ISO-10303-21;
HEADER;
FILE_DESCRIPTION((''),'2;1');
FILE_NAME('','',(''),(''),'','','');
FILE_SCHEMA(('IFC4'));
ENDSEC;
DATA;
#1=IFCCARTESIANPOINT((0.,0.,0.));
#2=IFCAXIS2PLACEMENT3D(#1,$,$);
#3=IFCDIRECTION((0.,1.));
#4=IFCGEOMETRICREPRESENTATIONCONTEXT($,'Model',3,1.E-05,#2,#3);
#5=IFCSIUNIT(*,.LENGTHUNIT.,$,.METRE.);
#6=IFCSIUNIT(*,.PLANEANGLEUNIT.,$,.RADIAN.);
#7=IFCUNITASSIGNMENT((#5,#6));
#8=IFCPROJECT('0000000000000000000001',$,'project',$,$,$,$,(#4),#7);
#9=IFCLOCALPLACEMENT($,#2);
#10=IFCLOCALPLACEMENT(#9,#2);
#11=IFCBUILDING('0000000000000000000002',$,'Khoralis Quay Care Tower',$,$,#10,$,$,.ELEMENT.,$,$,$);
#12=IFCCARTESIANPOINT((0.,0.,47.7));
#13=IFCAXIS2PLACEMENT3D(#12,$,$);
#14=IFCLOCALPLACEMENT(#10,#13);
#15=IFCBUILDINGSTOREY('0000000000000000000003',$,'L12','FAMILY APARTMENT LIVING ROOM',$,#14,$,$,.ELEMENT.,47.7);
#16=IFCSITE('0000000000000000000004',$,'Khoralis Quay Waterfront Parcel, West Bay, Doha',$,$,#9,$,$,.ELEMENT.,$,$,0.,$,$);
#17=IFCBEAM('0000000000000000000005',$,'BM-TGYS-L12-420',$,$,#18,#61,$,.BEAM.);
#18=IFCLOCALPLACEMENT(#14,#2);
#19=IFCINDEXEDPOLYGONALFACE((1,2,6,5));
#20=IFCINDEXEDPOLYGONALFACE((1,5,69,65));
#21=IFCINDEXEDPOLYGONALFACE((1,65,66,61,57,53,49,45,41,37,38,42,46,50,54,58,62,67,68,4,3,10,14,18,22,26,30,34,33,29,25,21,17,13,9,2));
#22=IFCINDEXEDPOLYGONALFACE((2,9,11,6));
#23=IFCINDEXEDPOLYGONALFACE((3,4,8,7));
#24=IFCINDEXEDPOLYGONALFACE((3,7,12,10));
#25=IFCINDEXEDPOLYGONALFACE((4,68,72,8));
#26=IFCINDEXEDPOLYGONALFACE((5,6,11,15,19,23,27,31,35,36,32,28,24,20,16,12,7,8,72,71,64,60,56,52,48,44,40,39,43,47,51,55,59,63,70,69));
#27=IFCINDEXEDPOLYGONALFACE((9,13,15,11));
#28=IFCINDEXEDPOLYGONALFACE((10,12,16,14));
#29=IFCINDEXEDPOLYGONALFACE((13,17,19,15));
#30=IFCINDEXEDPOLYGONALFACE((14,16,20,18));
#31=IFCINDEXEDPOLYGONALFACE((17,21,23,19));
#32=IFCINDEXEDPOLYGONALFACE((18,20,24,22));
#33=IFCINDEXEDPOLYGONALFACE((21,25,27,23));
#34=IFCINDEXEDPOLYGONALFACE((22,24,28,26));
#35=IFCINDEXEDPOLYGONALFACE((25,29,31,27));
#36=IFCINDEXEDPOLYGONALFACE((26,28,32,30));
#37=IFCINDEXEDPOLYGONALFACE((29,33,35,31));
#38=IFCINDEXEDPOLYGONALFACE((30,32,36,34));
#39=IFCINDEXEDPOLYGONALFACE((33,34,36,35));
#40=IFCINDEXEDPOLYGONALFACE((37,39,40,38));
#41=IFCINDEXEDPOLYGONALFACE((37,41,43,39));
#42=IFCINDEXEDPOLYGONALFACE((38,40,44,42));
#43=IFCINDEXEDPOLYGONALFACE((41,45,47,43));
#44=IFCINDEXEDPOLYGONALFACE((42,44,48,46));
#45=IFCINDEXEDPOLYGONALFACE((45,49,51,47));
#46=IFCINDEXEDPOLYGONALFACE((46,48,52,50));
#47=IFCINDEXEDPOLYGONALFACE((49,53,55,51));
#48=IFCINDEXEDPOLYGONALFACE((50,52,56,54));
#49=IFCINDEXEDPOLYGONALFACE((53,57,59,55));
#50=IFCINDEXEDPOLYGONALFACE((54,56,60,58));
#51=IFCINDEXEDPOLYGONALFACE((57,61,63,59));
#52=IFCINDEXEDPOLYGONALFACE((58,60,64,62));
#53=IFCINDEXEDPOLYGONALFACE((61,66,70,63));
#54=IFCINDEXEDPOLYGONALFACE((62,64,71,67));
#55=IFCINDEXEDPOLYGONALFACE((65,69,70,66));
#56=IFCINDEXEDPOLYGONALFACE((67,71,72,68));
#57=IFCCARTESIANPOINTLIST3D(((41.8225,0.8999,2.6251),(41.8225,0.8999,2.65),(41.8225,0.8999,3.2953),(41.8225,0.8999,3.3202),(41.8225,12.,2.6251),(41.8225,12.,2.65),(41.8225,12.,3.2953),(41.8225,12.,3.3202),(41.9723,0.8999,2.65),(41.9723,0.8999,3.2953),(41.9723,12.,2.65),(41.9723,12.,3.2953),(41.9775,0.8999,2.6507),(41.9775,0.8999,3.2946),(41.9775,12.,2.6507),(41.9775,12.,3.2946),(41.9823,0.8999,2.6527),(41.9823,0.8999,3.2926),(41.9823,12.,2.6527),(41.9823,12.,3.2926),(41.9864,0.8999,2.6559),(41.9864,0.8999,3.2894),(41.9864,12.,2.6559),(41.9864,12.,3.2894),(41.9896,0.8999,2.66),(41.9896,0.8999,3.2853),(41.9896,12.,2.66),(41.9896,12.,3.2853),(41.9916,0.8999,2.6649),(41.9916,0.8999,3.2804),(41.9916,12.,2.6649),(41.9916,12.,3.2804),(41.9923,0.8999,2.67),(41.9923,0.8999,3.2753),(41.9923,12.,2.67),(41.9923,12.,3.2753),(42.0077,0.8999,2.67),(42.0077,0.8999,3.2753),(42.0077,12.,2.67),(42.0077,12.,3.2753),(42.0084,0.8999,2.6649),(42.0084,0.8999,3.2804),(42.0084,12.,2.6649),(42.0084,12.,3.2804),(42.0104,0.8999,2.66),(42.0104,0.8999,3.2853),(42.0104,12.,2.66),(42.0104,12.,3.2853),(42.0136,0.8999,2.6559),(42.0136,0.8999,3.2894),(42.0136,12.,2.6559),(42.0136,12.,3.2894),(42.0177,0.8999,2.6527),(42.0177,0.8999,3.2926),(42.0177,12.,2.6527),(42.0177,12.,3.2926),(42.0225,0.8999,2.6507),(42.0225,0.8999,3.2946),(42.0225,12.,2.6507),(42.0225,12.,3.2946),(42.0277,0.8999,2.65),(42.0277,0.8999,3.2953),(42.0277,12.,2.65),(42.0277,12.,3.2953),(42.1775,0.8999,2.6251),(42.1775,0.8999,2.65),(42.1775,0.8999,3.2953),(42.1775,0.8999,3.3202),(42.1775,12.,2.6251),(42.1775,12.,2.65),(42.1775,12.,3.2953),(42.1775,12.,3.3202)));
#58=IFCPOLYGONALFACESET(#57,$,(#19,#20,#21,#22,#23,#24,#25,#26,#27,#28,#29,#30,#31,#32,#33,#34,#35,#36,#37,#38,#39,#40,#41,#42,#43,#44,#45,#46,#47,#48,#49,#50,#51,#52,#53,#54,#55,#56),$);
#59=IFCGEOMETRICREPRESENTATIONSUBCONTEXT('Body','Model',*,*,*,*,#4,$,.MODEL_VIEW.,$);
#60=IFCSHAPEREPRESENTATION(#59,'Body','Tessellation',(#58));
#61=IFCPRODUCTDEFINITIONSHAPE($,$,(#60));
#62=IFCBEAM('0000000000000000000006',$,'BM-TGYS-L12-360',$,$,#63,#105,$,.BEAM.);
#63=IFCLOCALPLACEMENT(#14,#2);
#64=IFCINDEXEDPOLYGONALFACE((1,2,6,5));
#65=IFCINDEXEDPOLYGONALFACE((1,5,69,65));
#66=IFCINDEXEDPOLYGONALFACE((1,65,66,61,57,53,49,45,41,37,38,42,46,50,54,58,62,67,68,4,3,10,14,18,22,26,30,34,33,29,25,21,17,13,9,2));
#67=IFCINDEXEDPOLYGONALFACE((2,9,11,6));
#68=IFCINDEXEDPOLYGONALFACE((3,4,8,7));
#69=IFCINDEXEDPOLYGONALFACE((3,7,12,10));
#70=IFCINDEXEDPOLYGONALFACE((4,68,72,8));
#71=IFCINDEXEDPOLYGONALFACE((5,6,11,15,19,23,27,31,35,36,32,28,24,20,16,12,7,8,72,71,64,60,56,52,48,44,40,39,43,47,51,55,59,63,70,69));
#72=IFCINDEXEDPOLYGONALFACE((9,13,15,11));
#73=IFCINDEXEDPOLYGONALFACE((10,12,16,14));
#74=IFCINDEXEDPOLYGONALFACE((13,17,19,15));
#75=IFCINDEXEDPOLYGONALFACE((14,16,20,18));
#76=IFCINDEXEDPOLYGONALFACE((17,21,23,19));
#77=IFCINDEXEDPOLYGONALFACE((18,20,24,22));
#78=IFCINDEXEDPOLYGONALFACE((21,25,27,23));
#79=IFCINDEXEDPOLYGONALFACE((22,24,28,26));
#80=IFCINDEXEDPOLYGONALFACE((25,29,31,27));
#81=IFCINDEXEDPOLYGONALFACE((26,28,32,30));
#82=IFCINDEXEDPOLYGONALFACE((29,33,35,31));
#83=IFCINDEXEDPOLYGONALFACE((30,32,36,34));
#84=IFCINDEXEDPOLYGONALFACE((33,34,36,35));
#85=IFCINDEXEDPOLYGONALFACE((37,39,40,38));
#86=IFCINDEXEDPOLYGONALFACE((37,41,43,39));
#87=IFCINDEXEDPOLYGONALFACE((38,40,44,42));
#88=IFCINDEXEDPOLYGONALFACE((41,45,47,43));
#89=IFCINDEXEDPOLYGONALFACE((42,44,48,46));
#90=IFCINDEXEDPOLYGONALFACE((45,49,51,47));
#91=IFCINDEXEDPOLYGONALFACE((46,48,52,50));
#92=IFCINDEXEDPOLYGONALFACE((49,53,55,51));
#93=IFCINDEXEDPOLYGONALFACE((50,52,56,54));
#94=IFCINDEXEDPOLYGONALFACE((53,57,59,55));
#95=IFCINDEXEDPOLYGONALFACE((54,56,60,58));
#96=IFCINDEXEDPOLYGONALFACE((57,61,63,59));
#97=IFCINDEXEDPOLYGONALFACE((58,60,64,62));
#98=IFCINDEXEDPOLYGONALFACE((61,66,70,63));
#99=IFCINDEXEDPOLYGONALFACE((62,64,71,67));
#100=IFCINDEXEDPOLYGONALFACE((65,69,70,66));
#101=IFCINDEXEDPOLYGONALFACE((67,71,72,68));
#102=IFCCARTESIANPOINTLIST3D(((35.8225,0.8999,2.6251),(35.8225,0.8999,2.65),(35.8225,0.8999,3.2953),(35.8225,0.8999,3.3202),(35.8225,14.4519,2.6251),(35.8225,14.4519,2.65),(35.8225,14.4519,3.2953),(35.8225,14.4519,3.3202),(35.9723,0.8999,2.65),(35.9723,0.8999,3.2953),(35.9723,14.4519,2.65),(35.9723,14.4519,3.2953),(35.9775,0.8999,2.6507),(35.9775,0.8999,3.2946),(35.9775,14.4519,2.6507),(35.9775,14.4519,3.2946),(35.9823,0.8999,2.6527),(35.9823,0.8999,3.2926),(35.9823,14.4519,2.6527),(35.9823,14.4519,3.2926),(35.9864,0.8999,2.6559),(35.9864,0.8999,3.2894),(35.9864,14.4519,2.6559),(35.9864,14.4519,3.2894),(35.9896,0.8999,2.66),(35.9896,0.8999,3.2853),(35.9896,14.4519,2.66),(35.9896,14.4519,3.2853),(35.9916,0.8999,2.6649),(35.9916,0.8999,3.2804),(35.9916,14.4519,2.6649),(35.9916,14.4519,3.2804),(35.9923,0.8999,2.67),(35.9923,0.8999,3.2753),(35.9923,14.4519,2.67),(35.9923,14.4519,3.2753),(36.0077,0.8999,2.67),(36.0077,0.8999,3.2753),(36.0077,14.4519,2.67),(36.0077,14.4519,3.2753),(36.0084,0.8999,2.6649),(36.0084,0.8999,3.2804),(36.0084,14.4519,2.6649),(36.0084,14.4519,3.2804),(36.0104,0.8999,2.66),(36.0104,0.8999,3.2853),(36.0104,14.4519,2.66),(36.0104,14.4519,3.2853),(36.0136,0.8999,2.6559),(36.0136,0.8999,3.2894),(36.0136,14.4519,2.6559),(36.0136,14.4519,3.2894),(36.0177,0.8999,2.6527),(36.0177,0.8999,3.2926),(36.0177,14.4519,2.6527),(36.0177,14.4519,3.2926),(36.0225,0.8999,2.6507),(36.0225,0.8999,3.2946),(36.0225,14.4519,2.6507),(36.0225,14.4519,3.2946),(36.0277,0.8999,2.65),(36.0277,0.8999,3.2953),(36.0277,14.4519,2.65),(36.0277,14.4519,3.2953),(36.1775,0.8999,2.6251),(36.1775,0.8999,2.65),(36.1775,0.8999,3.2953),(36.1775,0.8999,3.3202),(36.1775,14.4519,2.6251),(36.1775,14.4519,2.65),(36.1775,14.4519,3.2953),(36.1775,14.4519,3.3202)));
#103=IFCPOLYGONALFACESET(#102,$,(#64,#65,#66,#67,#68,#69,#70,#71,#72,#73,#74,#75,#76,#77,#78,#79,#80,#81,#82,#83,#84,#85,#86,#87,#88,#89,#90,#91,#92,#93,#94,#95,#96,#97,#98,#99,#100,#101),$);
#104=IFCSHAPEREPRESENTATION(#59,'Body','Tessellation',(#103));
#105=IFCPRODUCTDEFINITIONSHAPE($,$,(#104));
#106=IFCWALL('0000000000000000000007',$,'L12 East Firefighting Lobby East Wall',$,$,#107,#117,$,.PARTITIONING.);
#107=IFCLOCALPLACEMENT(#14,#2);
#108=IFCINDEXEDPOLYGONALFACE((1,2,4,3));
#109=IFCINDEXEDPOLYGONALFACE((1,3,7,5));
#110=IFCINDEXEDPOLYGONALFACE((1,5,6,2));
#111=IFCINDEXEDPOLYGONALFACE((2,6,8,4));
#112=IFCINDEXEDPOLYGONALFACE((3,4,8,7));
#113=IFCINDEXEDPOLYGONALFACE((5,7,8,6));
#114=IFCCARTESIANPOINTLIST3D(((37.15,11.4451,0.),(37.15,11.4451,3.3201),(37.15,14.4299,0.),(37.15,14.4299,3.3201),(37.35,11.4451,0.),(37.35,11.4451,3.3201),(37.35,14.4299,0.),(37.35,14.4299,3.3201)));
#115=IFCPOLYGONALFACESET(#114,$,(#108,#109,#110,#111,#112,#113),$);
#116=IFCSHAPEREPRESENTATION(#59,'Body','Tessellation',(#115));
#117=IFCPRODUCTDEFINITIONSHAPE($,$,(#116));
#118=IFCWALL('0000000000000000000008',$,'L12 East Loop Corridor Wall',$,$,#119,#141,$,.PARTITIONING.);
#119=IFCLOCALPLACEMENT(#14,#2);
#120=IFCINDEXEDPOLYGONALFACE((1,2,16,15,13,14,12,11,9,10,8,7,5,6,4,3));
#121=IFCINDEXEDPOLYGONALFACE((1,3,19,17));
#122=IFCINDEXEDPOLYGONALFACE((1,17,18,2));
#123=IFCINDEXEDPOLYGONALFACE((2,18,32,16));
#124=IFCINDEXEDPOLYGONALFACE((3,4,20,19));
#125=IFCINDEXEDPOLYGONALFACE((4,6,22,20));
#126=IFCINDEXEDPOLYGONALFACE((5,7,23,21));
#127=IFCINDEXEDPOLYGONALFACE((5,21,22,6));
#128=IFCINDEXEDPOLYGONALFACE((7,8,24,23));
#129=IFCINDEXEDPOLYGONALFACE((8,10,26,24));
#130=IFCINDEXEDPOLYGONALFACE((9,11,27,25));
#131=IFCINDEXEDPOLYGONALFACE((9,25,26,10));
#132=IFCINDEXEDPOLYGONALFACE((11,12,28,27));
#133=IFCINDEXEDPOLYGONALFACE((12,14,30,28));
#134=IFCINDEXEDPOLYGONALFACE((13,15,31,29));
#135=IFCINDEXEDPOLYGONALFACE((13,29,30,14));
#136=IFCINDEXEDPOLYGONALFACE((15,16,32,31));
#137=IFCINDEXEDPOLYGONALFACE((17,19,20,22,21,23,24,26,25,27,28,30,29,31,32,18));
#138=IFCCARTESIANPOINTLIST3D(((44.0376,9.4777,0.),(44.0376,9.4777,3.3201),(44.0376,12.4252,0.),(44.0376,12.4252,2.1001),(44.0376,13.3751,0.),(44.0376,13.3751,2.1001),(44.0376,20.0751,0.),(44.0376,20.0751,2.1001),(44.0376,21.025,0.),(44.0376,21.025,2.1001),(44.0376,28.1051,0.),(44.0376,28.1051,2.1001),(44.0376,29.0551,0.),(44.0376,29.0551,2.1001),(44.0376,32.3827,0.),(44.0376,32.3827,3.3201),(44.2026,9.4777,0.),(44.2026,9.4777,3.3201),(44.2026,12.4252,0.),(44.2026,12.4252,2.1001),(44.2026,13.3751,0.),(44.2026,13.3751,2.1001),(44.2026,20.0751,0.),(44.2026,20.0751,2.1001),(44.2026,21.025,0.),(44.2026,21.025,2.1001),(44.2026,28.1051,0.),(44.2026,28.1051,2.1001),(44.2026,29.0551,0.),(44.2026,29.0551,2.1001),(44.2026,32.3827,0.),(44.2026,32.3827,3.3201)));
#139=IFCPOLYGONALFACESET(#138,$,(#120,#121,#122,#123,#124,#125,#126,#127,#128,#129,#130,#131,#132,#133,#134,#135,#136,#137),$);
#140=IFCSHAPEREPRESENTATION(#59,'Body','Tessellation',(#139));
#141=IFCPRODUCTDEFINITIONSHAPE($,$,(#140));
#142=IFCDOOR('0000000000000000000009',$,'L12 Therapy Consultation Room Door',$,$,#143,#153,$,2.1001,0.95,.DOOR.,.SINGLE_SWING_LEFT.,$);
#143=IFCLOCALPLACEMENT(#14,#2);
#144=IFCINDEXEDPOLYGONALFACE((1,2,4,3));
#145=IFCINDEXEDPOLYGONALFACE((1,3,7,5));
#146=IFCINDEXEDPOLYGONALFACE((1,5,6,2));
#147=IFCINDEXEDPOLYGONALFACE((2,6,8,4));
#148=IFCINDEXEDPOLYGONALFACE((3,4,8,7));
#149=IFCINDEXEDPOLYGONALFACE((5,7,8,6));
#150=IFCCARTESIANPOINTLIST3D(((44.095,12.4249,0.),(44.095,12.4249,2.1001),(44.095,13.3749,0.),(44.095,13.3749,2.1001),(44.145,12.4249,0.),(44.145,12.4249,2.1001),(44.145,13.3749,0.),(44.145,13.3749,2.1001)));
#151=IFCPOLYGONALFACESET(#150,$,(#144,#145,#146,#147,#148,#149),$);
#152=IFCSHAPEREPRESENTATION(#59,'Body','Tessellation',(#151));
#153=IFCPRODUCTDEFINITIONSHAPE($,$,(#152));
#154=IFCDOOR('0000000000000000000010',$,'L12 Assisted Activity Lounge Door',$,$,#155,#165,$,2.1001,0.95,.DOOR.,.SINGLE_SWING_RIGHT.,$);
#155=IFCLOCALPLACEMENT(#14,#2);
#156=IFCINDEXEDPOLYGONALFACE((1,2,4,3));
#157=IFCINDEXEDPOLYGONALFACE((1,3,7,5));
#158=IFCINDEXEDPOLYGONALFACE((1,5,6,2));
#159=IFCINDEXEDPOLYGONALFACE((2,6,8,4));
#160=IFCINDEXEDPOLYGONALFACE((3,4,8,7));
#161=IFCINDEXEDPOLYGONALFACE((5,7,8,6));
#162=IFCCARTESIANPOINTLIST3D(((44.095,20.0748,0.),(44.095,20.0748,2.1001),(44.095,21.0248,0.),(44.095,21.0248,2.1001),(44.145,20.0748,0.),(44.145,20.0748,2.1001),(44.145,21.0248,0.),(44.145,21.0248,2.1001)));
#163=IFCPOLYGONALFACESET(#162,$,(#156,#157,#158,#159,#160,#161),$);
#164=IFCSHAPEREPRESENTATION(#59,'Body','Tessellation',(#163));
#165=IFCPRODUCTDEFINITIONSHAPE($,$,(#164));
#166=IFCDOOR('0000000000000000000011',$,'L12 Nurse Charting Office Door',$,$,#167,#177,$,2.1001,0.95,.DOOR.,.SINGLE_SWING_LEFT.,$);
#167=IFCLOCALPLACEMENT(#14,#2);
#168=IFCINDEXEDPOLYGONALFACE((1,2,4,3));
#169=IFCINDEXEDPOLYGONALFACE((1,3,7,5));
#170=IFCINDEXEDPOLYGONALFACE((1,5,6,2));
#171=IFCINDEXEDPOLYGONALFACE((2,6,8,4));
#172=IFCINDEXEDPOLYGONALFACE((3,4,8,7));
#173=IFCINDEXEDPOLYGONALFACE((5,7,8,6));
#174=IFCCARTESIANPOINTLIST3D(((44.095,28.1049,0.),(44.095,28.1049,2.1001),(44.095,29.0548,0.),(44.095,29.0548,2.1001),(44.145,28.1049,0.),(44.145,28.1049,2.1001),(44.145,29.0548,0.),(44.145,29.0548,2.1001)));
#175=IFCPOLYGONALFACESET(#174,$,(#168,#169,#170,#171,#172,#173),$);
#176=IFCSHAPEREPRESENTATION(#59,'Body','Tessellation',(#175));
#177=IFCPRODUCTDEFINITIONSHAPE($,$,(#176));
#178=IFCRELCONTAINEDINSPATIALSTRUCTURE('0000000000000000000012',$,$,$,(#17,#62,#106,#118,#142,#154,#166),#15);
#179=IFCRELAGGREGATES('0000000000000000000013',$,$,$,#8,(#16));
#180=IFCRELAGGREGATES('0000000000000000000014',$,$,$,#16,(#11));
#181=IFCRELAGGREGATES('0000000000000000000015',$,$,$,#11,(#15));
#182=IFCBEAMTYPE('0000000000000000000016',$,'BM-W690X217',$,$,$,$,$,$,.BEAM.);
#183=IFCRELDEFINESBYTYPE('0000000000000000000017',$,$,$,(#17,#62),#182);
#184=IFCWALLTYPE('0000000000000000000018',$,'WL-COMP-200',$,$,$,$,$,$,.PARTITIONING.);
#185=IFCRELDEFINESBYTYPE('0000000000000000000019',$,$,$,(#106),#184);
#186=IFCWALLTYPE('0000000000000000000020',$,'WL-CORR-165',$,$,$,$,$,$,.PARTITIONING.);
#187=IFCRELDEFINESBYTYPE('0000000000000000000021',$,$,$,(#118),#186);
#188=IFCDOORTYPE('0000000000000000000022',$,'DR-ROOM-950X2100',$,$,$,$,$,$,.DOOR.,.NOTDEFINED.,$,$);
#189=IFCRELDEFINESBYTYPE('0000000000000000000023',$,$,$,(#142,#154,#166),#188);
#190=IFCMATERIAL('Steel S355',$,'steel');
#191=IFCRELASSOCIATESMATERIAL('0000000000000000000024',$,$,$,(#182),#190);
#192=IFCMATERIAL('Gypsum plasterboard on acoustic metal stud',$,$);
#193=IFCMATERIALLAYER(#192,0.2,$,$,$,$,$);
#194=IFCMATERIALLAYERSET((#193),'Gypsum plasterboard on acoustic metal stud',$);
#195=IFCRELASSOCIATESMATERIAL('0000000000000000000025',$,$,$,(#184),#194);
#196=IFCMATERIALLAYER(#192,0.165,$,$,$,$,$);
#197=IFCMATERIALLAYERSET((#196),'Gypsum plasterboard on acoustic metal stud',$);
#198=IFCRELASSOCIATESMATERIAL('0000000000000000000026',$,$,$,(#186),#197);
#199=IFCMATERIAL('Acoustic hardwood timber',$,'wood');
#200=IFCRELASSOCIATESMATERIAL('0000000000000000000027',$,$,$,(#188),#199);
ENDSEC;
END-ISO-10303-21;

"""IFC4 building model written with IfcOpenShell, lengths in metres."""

from ifc_helpers import new_model, si_unit, direction, frame, frame_2d, origin, origin_2d, place, context, subcontext, project, spatial, rectangle, i_section, extrude, source, transform, mapped, material, layer, layer_set, material_profile, profile_set, type_object, element, fill, save


model = new_model("IFC4")

# Units and contexts
model_context = context("Model", 3, precision=1e-05, world=origin(), true_north=direction((0.0, 1.0)))
body_context = subcontext(model_context, "Body", "Model", "MODEL_VIEW")
ifc_project = project(units=[si_unit("LENGTHUNIT", "METRE"), si_unit("PLANEANGLEUNIT", "RADIAN")], contexts=[model_context])

# Site, building, storey
site_placement = place(None, origin())
site = spatial("IfcSite", under=ifc_project, at=site_placement, Name="Khoralis Quay Waterfront Parcel, West Bay, Doha", CompositionType="ELEMENT", RefElevation=0.0)
building_placement = place(site_placement, origin())
building = spatial("IfcBuilding", under=site, at=building_placement, Name="Khoralis Quay Care Tower", CompositionType="ELEMENT")
storey_placement = place(building_placement, frame((0.0, 0.0, 47.7)))
storey = spatial("IfcBuildingStorey", under=building, at=storey_placement, Name="L12", Description="FAMILY APARTMENT LIVING ROOM", CompositionType="ELEMENT", Elevation=47.7)

# Beams
ifc_material_1 = material(Name="Steel S355", Category="steel")
ifc_material_profile_1 = material_profile(ifc_material_1, i_section(OverallWidth=0.355, OverallDepth=0.6951, WebThickness=0.0154, FlangeThickness=0.0249, FilletRadius=0.02, at=origin_2d()), Name="Steel S355")
ifc_profile_set_1 = profile_set([ifc_material_profile_1], Name="Steel S355")
beam_type_1 = type_object("IfcBeamType", Name="BM-W690X217", PredefinedType="BEAM", material=ifc_profile_set_1)
shared_shape_1 = source(origin(), body_context, "Body", "SweptSolid", [
    extrude(i_section(OverallWidth=0.355, OverallDepth=0.6951, WebThickness=0.0154, FlangeThickness=0.0249, FilletRadius=0.02, at=origin_2d()), origin(), (0.0, 0.0, 1.0), 11.1001),
])
beam_1_placement = place(storey_placement, frame((42.0, 0.8999, 2.9727), z_axis=(0.0, 1.0, 0.0), x_axis=(-1.0, 0.0, 0.0)))
element("IfcBeam", 1, at=beam_1_placement, inside=storey, type_object=beam_type_1, Name="BM-TGYS-L12-420", PredefinedType="BEAM", context=body_context, shape_type="MappedRepresentation", body=[
    mapped(shared_shape_1, transform((0.0, 0.0, 0.0), scale=1.0)),
])
shared_shape_2 = source(origin(), body_context, "Body", "SweptSolid", [
    extrude(i_section(OverallWidth=0.355, OverallDepth=0.6951, WebThickness=0.0154, FlangeThickness=0.0249, FilletRadius=0.02, at=origin_2d()), origin(), (0.0, 0.0, 1.0), 13.552),
])
beam_2_placement = place(storey_placement, frame((36.0, 0.8999, 2.9727), z_axis=(0.0, 1.0, 0.0), x_axis=(-1.0, 0.0, 0.0)))
element("IfcBeam", 2, at=beam_2_placement, inside=storey, type_object=beam_type_1, Name="BM-TGYS-L12-360", PredefinedType="BEAM", context=body_context, shape_type="MappedRepresentation", body=[
    mapped(shared_shape_2, transform((0.0, 0.0, 0.0), scale=1.0)),
])

# Wall
ifc_material_2 = material(Name="Gypsum plasterboard on acoustic metal stud")
ifc_layer_1 = layer(ifc_material_2, 0.2)
ifc_layer_set_1 = layer_set([ifc_layer_1], Name="Gypsum plasterboard on acoustic metal stud")
wall_type_1 = type_object("IfcWallType", Name="WL-COMP-200", PredefinedType="PARTITIONING", material=ifc_layer_set_1)
wall_1_placement = place(storey_placement, frame((37.25, 11.4451, 0.0), z_axis=(0.0, 0.0, 1.0), x_axis=(0.0, 1.0, 0.0)))
element("IfcWall", 3, at=wall_1_placement, inside=storey, type_object=wall_type_1, Name="L12 East Firefighting Lobby East Wall", PredefinedType="PARTITIONING", context=body_context, shape_type="SweptSolid", body=[
    extrude(rectangle(XDim=2.9849, YDim=0.2, at=frame_2d((1.4924, 0.0))), origin(), (0.0, 0.0, 1.0), 3.3201),
])

# Wall, openings, doors
ifc_layer_2 = layer(ifc_material_2, 0.165)
ifc_layer_set_2 = layer_set([ifc_layer_2], Name="Gypsum plasterboard on acoustic metal stud")
wall_type_2 = type_object("IfcWallType", Name="WL-CORR-165", PredefinedType="PARTITIONING", material=ifc_layer_set_2)
wall_2_placement = place(storey_placement, frame((44.1201, 9.4775, 0.0), z_axis=(0.0, 0.0, 1.0), x_axis=(0.0, 1.0, 0.0)))
wall_2 = element("IfcWall", 4, at=wall_2_placement, inside=storey, type_object=wall_type_2, Name="L12 East Loop Corridor Wall", PredefinedType="PARTITIONING", context=body_context, shape_type="SweptSolid", body=[
    extrude(rectangle(XDim=22.905, YDim=0.165, at=frame_2d((11.4526, 0.0))), origin(), (0.0, 0.0, 1.0), 3.3201),
])
opening_1_placement = place(wall_2_placement, frame((2.9475, 0.0, 0.0)))
opening_1 = element("IfcOpeningElement", 5, at=opening_1_placement, cuts=wall_2, PredefinedType="OPENING", context=body_context, shape_type="SweptSolid", body=[
    extrude(rectangle(XDim=0.95, YDim=2.1001, at=frame_2d((0.4751, 1.05))), frame((0.0, 0.0925, 0.0), z_axis=(0.0, -1.0, 0.0), x_axis=(1.0, 0.0, 0.0)), (0.0, 0.0, 1.0), 0.1851),
])
opening_2_placement = place(wall_2_placement, frame((10.5974, 0.0, 0.0)))
opening_2 = element("IfcOpeningElement", 6, at=opening_2_placement, cuts=wall_2, PredefinedType="OPENING", context=body_context, shape_type="SweptSolid", body=[
    extrude(rectangle(XDim=0.95, YDim=2.1001, at=frame_2d((0.4751, 1.05))), frame((0.0, 0.0925, 0.0), z_axis=(0.0, -1.0, 0.0), x_axis=(1.0, 0.0, 0.0)), (0.0, 0.0, 1.0), 0.1851),
])
opening_3_placement = place(wall_2_placement, frame((18.6274, 0.0, 0.0)))
opening_3 = element("IfcOpeningElement", 7, at=opening_3_placement, cuts=wall_2, PredefinedType="OPENING", context=body_context, shape_type="SweptSolid", body=[
    extrude(rectangle(XDim=0.95, YDim=2.1001, at=frame_2d((0.4751, 1.05))), frame((0.0, 0.0925, 0.0), z_axis=(0.0, -1.0, 0.0), x_axis=(1.0, 0.0, 0.0)), (0.0, 0.0, 1.0), 0.1851),
])
ifc_material_3 = material(Name="Acoustic hardwood timber", Category="wood")
door_type = type_object("IfcDoorType", Name="DR-ROOM-950X2100", OperationType="NOTDEFINED", PredefinedType="DOOR", material=ifc_material_3)
shared_shape_3 = source(origin(), body_context, "Body", "SweptSolid", [
    extrude(rectangle(XDim=0.95, YDim=2.1001, at=frame_2d((0.4751, 1.05))), frame((0.0, 0.0249, 0.0), z_axis=(0.0, -1.0, 0.0), x_axis=(1.0, 0.0, 0.0)), (0.0, 0.0, 1.0), 0.05),
])
door_1_placement = place(opening_1_placement, frame((0.95, 0.0, 0.0), z_axis=(0.0, 0.0, 1.0), x_axis=(-1.0, 0.0, 0.0)))
door_1 = element("IfcDoor", 8, at=door_1_placement, inside=storey, type_object=door_type, Name="L12 Therapy Consultation Room Door", OperationType="SINGLE_SWING_LEFT", OverallHeight=2.1001, OverallWidth=0.95, PredefinedType="DOOR", context=body_context, shape_type="MappedRepresentation", body=[
    mapped(shared_shape_3, transform((0.0, 0.0, 0.0), scale=1.0)),
])
fill(opening_1, door_1)
door_2_placement = place(opening_2_placement, frame((0.95, 0.0, 0.0), z_axis=(0.0, 0.0, 1.0), x_axis=(-1.0, 0.0, 0.0)))
door_2 = element("IfcDoor", 9, at=door_2_placement, inside=storey, type_object=door_type, Name="L12 Assisted Activity Lounge Door", OperationType="SINGLE_SWING_RIGHT", OverallHeight=2.1001, OverallWidth=0.95, PredefinedType="DOOR", context=body_context, shape_type="MappedRepresentation", body=[
    mapped(shared_shape_3, transform((0.0, 0.0, 0.0), scale=1.0)),
])
fill(opening_2, door_2)
door_3_placement = place(opening_3_placement, frame((0.95, 0.0, 0.0), z_axis=(0.0, 0.0, 1.0), x_axis=(-1.0, 0.0, 0.0)))
door_3 = element("IfcDoor", 10, at=door_3_placement, inside=storey, type_object=door_type, Name="L12 Nurse Charting Office Door", OperationType="SINGLE_SWING_LEFT", OverallHeight=2.1001, OverallWidth=0.95, PredefinedType="DOOR", context=body_context, shape_type="MappedRepresentation", body=[
    mapped(shared_shape_3, transform((0.0, 0.0, 0.0), scale=1.0)),
])
fill(opening_3, door_3)

save(model, "model.ifc")
